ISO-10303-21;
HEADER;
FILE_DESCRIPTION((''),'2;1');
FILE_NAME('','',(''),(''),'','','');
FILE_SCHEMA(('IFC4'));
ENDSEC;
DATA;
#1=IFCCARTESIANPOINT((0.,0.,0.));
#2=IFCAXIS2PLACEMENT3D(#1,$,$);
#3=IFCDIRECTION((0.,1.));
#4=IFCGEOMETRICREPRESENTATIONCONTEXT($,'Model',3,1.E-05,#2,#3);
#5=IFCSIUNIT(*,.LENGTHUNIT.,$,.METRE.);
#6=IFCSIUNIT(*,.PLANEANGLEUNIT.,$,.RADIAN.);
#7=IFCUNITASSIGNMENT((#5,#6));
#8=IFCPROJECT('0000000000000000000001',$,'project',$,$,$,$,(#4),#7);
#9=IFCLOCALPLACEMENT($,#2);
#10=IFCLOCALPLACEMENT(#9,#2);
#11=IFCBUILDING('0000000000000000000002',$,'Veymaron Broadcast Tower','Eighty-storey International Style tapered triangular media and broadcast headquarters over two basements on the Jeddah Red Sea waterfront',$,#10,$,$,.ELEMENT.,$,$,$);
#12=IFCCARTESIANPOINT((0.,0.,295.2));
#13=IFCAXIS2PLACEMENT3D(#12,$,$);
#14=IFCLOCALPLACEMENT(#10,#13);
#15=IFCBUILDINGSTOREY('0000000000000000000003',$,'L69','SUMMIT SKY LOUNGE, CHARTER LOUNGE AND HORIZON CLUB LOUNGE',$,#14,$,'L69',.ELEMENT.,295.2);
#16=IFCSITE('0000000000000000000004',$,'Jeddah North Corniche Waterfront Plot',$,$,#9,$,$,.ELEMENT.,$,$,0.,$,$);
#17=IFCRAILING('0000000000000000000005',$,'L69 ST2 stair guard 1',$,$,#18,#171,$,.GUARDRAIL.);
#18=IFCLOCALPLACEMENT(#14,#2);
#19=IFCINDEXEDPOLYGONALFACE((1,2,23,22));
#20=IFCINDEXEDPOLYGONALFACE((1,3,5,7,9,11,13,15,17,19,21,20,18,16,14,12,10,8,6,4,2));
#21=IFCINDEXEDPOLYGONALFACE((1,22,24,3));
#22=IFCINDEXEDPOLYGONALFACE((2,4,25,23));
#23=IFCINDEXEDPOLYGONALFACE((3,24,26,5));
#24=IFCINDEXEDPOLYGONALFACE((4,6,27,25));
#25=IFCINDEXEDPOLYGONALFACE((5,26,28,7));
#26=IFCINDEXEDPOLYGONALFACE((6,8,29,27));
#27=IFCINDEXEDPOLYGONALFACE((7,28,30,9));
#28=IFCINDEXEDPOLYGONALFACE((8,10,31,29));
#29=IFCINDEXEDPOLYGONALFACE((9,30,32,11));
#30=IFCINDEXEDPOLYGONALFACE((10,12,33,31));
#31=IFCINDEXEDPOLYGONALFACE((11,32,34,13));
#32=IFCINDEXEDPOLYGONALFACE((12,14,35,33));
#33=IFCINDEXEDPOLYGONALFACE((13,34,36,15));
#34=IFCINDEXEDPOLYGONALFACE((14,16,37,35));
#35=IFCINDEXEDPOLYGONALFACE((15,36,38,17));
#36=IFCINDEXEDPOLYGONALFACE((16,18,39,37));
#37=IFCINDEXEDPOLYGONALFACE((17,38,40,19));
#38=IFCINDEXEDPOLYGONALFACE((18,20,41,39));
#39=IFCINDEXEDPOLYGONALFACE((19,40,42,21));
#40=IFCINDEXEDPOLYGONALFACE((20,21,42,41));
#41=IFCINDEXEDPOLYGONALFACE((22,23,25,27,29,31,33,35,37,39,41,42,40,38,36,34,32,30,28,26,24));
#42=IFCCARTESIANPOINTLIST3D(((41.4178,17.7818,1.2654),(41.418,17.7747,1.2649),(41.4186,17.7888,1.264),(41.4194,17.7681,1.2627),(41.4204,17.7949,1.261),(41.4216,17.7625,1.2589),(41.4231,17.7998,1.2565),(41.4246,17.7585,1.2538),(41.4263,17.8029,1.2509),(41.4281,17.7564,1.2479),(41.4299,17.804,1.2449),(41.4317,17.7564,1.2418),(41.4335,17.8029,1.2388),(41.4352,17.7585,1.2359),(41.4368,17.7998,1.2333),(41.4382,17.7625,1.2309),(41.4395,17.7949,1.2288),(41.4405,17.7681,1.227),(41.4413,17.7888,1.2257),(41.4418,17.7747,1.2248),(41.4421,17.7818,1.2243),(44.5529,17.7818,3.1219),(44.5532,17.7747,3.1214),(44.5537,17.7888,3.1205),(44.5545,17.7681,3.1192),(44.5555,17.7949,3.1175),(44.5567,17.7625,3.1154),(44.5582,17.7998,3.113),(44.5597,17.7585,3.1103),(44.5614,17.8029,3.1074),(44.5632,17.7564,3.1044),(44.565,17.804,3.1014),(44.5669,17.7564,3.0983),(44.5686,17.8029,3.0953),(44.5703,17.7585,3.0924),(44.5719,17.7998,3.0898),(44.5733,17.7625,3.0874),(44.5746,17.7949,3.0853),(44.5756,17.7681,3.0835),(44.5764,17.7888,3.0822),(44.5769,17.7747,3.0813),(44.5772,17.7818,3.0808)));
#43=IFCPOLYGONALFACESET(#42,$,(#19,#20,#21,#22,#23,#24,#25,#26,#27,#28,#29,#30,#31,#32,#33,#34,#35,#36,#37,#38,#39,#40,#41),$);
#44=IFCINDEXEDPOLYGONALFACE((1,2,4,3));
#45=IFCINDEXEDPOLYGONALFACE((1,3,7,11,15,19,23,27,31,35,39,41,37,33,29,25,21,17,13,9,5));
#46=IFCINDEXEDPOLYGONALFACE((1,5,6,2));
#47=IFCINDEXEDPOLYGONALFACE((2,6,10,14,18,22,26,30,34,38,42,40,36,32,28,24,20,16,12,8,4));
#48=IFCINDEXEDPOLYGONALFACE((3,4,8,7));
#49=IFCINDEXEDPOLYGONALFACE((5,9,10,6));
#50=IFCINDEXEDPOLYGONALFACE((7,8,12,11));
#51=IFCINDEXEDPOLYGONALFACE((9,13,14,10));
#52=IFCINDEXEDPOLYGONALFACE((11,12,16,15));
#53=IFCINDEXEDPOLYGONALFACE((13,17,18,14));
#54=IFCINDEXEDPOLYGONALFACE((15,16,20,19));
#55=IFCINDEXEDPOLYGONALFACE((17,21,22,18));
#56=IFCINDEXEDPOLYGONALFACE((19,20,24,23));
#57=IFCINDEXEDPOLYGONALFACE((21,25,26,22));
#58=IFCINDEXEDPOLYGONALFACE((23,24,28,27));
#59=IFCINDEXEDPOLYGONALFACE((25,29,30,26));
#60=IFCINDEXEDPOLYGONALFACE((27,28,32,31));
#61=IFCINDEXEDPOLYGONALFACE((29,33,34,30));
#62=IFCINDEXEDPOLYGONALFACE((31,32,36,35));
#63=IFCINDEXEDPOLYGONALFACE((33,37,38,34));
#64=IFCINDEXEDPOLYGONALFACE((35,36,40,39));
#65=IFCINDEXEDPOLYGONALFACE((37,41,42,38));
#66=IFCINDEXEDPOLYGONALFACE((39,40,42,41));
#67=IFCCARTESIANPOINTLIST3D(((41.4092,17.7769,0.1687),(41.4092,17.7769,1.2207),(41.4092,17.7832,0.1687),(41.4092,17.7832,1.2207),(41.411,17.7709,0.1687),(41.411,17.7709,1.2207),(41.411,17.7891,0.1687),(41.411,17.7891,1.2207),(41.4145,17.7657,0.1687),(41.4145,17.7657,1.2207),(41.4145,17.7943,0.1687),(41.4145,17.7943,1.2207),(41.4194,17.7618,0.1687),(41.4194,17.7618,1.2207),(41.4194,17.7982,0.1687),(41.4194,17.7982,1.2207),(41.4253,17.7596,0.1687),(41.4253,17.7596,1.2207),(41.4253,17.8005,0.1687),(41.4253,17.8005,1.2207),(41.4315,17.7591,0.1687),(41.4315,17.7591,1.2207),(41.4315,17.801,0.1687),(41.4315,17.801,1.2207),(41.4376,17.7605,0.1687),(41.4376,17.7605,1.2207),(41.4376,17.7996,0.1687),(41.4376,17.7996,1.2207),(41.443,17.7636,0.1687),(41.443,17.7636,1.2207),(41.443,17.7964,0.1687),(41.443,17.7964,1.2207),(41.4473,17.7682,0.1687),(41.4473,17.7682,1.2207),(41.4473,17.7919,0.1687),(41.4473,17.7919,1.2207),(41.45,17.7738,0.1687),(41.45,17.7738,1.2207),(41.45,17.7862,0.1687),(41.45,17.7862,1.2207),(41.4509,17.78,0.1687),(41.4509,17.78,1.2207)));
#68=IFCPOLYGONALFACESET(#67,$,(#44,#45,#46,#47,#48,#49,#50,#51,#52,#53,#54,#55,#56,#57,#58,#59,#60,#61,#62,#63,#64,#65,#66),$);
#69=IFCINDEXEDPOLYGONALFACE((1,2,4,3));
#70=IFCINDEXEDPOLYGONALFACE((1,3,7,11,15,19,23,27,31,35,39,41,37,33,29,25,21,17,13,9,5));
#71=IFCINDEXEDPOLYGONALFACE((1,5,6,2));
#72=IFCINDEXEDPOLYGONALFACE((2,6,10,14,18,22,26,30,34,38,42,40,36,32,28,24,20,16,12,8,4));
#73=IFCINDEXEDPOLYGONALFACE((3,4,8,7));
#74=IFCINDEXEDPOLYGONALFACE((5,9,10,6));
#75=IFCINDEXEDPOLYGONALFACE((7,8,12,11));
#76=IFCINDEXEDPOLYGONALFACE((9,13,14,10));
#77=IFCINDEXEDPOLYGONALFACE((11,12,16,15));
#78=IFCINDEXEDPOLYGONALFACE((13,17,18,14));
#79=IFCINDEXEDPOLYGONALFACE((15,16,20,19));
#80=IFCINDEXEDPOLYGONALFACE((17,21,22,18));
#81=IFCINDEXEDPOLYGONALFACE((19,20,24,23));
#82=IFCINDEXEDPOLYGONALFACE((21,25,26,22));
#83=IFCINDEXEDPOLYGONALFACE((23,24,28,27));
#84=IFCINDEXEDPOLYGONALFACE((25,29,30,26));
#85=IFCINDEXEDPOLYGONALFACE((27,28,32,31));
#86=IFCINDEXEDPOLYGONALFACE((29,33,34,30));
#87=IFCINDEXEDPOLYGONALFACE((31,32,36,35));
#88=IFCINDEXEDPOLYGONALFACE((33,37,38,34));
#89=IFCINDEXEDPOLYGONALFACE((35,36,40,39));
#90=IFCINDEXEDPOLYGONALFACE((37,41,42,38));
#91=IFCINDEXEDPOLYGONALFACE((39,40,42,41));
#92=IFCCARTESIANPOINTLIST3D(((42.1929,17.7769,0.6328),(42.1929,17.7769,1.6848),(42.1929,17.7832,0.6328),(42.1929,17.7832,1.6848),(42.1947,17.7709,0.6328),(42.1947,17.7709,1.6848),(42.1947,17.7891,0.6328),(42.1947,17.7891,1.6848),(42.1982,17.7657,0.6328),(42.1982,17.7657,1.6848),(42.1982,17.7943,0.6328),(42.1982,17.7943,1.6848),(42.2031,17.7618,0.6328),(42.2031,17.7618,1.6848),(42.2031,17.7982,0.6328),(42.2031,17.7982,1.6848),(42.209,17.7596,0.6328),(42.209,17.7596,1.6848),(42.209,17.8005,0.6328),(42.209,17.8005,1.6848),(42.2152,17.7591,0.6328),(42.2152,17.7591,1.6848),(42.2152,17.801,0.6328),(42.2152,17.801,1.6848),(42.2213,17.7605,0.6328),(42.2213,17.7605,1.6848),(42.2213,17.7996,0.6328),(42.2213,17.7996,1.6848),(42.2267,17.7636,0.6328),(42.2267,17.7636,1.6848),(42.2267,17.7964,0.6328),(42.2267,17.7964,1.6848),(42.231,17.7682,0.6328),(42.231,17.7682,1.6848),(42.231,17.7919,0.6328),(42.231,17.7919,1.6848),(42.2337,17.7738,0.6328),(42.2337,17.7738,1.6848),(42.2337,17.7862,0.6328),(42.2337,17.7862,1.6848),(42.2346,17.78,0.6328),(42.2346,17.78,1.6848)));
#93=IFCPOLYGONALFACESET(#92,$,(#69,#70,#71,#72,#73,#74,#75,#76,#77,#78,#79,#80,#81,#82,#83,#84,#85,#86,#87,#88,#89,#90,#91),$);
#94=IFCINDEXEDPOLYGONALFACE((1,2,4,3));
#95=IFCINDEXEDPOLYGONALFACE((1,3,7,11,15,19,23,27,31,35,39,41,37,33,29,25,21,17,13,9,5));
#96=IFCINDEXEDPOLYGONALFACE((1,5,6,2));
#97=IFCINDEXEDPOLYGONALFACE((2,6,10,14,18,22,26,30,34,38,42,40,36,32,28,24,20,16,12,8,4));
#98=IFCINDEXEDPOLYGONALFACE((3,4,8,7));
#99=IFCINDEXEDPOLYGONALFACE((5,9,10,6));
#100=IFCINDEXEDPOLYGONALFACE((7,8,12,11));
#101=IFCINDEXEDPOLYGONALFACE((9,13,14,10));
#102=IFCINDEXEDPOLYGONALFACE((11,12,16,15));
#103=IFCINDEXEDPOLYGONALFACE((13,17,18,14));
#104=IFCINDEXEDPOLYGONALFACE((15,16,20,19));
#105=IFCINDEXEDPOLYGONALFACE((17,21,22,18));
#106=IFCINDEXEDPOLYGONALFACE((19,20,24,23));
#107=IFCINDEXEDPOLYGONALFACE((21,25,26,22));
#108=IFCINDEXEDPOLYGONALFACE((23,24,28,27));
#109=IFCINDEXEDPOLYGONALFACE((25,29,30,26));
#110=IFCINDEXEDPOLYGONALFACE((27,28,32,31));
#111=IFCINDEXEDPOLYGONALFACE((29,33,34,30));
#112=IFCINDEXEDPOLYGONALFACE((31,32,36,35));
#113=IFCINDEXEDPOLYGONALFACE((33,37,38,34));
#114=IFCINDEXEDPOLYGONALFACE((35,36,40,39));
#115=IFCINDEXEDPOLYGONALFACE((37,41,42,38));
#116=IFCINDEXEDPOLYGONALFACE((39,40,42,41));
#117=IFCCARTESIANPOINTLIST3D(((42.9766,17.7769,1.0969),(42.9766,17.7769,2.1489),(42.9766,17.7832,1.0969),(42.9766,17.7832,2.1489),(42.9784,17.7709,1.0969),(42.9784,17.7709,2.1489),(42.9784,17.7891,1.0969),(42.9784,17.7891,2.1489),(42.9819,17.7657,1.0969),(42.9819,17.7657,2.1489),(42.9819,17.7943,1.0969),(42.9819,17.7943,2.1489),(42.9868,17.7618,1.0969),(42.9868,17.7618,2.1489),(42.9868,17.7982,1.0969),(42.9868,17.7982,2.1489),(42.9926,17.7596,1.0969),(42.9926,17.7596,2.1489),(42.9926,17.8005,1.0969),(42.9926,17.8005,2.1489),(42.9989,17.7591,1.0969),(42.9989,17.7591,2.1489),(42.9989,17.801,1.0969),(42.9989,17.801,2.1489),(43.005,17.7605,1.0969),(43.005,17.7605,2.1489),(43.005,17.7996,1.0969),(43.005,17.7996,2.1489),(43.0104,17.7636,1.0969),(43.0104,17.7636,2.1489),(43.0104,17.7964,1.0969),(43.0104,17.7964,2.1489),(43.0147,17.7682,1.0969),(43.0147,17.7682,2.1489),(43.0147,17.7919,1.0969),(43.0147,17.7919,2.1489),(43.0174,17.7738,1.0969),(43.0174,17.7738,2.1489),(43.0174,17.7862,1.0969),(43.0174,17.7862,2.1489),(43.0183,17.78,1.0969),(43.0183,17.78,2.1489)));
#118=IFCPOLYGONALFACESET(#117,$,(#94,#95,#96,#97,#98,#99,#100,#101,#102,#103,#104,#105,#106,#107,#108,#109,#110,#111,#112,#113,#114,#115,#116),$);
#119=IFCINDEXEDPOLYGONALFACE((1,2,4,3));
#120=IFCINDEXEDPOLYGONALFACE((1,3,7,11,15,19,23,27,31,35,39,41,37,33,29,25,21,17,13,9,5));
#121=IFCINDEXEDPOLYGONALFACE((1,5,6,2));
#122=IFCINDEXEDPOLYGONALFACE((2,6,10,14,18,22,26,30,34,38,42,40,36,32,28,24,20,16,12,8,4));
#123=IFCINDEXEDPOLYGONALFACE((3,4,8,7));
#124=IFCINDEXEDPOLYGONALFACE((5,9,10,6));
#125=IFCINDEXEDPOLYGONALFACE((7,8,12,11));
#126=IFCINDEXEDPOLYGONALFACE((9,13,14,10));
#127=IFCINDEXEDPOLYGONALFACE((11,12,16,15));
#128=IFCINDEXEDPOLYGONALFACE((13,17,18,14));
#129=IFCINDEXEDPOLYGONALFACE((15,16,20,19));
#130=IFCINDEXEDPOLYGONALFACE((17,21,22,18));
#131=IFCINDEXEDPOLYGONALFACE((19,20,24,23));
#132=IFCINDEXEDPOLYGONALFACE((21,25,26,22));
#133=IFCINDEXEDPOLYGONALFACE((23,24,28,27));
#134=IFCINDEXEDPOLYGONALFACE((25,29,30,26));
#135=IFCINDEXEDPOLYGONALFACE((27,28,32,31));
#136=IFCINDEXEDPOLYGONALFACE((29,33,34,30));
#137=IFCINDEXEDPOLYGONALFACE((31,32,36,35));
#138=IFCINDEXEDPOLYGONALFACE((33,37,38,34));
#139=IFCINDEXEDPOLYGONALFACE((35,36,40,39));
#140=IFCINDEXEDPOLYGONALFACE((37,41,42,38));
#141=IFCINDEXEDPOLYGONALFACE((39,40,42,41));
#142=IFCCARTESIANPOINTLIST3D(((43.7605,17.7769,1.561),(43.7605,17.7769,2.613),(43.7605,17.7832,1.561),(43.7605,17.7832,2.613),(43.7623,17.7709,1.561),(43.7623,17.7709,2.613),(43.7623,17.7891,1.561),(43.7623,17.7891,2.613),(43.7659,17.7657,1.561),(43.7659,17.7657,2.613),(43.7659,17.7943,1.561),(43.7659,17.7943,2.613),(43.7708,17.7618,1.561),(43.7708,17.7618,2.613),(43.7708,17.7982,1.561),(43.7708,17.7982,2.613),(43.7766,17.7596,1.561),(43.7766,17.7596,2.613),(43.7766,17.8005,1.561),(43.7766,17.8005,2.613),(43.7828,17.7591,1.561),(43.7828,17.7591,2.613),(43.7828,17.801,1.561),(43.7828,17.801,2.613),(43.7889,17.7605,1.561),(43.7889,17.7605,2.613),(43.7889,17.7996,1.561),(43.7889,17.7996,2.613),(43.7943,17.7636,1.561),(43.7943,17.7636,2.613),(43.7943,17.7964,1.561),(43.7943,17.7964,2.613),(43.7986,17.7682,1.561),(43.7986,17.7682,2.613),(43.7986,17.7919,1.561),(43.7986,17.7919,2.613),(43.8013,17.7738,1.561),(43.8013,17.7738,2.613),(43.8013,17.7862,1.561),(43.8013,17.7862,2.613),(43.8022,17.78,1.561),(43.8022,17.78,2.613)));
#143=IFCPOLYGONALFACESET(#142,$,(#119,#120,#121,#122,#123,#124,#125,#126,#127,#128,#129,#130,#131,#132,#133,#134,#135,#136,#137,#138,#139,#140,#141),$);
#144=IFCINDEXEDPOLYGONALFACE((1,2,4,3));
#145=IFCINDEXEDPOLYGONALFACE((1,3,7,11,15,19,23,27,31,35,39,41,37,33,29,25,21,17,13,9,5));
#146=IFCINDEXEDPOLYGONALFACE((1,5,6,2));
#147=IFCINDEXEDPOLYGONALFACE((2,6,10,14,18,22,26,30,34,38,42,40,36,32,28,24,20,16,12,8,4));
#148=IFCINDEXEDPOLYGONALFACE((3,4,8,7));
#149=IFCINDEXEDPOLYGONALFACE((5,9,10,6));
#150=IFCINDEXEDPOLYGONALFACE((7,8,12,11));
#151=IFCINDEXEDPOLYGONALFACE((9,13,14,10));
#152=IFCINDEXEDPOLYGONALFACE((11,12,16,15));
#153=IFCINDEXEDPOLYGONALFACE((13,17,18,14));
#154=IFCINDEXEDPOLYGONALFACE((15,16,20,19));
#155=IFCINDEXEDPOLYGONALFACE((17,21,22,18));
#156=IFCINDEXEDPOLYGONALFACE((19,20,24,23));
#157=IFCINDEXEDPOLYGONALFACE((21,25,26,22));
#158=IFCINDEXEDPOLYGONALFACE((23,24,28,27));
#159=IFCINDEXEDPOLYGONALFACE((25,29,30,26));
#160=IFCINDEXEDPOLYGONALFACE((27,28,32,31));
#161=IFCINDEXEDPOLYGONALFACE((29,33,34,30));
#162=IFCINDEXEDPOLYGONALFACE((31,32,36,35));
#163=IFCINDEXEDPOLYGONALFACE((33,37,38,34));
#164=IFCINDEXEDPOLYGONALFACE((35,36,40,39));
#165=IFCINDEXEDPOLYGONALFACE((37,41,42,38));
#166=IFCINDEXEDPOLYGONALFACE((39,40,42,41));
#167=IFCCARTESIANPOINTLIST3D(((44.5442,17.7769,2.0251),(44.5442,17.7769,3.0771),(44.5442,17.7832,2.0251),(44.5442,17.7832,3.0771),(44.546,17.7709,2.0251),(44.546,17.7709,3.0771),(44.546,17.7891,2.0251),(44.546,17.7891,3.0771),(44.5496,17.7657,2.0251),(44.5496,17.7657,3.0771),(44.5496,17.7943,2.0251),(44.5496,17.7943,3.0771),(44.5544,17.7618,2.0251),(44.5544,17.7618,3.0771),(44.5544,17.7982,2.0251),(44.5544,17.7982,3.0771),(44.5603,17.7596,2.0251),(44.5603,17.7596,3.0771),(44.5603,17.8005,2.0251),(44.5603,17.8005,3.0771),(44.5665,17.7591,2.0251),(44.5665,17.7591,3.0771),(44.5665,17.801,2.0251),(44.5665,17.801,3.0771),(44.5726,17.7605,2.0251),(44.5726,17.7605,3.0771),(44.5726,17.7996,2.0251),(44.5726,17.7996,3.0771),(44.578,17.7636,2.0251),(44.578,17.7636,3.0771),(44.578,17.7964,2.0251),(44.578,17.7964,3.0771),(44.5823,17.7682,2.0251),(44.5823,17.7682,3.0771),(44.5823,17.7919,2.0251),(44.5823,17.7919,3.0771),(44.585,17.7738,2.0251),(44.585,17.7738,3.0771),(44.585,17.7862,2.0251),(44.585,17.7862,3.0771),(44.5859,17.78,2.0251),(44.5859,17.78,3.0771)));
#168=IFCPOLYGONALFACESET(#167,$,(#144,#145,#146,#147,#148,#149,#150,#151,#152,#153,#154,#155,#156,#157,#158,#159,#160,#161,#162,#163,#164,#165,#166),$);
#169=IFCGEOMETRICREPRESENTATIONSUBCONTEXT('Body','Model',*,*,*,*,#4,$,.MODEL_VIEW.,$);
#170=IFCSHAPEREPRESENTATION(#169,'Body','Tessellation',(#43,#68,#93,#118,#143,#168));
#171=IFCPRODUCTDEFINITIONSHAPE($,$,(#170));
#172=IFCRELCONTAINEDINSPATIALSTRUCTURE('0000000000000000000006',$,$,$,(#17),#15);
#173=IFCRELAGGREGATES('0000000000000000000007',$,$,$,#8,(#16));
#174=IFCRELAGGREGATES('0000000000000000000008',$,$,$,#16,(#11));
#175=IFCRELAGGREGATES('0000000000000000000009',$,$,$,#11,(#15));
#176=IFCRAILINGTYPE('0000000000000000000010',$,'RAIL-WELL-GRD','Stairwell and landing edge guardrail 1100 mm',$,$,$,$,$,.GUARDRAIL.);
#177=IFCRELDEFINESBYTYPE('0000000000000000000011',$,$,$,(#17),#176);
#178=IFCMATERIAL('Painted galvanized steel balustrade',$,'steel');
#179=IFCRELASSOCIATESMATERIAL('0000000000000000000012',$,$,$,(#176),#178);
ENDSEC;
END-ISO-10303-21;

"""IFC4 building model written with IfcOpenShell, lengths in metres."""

from ifc_helpers import new_model, si_unit, direction, frame, origin, origin_2d, place, context, subcontext, project, spatial, circle, extrude, material, type_object, element, save


model = new_model("IFC4")

# Units and contexts
model_context = context("Model", 3, precision=1e-05, world=origin(), true_north=direction((0.0, 1.0)))
body_context = subcontext(model_context, "Body", "Model", "MODEL_VIEW")
ifc_project = project(units=[si_unit("LENGTHUNIT", "METRE"), si_unit("PLANEANGLEUNIT", "RADIAN")], contexts=[model_context])

# Site, building, storey
site_placement = place(None, origin())
site = spatial("IfcSite", under=ifc_project, at=site_placement, Name="Jeddah North Corniche Waterfront Plot", CompositionType="ELEMENT", RefElevation=0.0)
building_placement = place(site_placement, origin())
building = spatial("IfcBuilding", under=site, at=building_placement, Name="Veymaron Broadcast Tower", Description="Eighty-storey International Style tapered triangular media and broadcast headquarters over two basements on the Jeddah Red Sea waterfront", CompositionType="ELEMENT")
storey_placement = place(building_placement, frame((0.0, 0.0, 295.2)))
storey = spatial("IfcBuildingStorey", under=building, at=storey_placement, Name="L69", Description="SUMMIT SKY LOUNGE, CHARTER LOUNGE AND HORIZON CLUB LOUNGE", LongName="L69", CompositionType="ELEMENT", Elevation=295.2)

# Railing
ifc_material_1 = material(Name="Painted galvanized steel balustrade", Category="steel")
railing_type_1 = type_object("IfcRailingType", Name="RAIL-WELL-GRD", Description="Stairwell and landing edge guardrail 1100 mm", PredefinedType="GUARDRAIL", material=ifc_material_1)
railing_1_placement = place(storey_placement, frame((41.4299, 17.78, 0.1687)))
element("IfcRailing", 1, at=railing_1_placement, inside=storey, type_object=railing_type_1, Name="L69 ST2 stair guard 1", PredefinedType="GUARDRAIL", context=body_context, shape_type="SweptSolid", body=[
    extrude(circle(Radius=0.0239, at=origin_2d()), frame((0.0, 0.0, 1.0762), z_axis=(0.860453, 0.0, 0.509531), x_axis=(0.0, 1.0, 0.0)), (0.0, 0.0, 1.0), 3.6436),
    extrude(circle(Radius=0.021, at=origin_2d()), origin(), (0.0, 0.0, 1.0), 1.052),
    extrude(circle(Radius=0.021, at=origin_2d()), frame((0.7837, 0.0, 0.4641)), (0.0, 0.0, 1.0), 1.052),
    extrude(circle(Radius=0.021, at=origin_2d()), frame((1.5674, 0.0, 0.9282)), (0.0, 0.0, 1.0), 1.052),
    extrude(circle(Radius=0.021, at=origin_2d()), frame((2.3513, 0.0, 1.3923)), (0.0, 0.0, 1.0), 1.052),
    extrude(circle(Radius=0.021, at=origin_2d()), frame((3.135, 0.0, 1.8564)), (0.0, 0.0, 1.0), 1.052),
])

save(model, "model.ifc")
